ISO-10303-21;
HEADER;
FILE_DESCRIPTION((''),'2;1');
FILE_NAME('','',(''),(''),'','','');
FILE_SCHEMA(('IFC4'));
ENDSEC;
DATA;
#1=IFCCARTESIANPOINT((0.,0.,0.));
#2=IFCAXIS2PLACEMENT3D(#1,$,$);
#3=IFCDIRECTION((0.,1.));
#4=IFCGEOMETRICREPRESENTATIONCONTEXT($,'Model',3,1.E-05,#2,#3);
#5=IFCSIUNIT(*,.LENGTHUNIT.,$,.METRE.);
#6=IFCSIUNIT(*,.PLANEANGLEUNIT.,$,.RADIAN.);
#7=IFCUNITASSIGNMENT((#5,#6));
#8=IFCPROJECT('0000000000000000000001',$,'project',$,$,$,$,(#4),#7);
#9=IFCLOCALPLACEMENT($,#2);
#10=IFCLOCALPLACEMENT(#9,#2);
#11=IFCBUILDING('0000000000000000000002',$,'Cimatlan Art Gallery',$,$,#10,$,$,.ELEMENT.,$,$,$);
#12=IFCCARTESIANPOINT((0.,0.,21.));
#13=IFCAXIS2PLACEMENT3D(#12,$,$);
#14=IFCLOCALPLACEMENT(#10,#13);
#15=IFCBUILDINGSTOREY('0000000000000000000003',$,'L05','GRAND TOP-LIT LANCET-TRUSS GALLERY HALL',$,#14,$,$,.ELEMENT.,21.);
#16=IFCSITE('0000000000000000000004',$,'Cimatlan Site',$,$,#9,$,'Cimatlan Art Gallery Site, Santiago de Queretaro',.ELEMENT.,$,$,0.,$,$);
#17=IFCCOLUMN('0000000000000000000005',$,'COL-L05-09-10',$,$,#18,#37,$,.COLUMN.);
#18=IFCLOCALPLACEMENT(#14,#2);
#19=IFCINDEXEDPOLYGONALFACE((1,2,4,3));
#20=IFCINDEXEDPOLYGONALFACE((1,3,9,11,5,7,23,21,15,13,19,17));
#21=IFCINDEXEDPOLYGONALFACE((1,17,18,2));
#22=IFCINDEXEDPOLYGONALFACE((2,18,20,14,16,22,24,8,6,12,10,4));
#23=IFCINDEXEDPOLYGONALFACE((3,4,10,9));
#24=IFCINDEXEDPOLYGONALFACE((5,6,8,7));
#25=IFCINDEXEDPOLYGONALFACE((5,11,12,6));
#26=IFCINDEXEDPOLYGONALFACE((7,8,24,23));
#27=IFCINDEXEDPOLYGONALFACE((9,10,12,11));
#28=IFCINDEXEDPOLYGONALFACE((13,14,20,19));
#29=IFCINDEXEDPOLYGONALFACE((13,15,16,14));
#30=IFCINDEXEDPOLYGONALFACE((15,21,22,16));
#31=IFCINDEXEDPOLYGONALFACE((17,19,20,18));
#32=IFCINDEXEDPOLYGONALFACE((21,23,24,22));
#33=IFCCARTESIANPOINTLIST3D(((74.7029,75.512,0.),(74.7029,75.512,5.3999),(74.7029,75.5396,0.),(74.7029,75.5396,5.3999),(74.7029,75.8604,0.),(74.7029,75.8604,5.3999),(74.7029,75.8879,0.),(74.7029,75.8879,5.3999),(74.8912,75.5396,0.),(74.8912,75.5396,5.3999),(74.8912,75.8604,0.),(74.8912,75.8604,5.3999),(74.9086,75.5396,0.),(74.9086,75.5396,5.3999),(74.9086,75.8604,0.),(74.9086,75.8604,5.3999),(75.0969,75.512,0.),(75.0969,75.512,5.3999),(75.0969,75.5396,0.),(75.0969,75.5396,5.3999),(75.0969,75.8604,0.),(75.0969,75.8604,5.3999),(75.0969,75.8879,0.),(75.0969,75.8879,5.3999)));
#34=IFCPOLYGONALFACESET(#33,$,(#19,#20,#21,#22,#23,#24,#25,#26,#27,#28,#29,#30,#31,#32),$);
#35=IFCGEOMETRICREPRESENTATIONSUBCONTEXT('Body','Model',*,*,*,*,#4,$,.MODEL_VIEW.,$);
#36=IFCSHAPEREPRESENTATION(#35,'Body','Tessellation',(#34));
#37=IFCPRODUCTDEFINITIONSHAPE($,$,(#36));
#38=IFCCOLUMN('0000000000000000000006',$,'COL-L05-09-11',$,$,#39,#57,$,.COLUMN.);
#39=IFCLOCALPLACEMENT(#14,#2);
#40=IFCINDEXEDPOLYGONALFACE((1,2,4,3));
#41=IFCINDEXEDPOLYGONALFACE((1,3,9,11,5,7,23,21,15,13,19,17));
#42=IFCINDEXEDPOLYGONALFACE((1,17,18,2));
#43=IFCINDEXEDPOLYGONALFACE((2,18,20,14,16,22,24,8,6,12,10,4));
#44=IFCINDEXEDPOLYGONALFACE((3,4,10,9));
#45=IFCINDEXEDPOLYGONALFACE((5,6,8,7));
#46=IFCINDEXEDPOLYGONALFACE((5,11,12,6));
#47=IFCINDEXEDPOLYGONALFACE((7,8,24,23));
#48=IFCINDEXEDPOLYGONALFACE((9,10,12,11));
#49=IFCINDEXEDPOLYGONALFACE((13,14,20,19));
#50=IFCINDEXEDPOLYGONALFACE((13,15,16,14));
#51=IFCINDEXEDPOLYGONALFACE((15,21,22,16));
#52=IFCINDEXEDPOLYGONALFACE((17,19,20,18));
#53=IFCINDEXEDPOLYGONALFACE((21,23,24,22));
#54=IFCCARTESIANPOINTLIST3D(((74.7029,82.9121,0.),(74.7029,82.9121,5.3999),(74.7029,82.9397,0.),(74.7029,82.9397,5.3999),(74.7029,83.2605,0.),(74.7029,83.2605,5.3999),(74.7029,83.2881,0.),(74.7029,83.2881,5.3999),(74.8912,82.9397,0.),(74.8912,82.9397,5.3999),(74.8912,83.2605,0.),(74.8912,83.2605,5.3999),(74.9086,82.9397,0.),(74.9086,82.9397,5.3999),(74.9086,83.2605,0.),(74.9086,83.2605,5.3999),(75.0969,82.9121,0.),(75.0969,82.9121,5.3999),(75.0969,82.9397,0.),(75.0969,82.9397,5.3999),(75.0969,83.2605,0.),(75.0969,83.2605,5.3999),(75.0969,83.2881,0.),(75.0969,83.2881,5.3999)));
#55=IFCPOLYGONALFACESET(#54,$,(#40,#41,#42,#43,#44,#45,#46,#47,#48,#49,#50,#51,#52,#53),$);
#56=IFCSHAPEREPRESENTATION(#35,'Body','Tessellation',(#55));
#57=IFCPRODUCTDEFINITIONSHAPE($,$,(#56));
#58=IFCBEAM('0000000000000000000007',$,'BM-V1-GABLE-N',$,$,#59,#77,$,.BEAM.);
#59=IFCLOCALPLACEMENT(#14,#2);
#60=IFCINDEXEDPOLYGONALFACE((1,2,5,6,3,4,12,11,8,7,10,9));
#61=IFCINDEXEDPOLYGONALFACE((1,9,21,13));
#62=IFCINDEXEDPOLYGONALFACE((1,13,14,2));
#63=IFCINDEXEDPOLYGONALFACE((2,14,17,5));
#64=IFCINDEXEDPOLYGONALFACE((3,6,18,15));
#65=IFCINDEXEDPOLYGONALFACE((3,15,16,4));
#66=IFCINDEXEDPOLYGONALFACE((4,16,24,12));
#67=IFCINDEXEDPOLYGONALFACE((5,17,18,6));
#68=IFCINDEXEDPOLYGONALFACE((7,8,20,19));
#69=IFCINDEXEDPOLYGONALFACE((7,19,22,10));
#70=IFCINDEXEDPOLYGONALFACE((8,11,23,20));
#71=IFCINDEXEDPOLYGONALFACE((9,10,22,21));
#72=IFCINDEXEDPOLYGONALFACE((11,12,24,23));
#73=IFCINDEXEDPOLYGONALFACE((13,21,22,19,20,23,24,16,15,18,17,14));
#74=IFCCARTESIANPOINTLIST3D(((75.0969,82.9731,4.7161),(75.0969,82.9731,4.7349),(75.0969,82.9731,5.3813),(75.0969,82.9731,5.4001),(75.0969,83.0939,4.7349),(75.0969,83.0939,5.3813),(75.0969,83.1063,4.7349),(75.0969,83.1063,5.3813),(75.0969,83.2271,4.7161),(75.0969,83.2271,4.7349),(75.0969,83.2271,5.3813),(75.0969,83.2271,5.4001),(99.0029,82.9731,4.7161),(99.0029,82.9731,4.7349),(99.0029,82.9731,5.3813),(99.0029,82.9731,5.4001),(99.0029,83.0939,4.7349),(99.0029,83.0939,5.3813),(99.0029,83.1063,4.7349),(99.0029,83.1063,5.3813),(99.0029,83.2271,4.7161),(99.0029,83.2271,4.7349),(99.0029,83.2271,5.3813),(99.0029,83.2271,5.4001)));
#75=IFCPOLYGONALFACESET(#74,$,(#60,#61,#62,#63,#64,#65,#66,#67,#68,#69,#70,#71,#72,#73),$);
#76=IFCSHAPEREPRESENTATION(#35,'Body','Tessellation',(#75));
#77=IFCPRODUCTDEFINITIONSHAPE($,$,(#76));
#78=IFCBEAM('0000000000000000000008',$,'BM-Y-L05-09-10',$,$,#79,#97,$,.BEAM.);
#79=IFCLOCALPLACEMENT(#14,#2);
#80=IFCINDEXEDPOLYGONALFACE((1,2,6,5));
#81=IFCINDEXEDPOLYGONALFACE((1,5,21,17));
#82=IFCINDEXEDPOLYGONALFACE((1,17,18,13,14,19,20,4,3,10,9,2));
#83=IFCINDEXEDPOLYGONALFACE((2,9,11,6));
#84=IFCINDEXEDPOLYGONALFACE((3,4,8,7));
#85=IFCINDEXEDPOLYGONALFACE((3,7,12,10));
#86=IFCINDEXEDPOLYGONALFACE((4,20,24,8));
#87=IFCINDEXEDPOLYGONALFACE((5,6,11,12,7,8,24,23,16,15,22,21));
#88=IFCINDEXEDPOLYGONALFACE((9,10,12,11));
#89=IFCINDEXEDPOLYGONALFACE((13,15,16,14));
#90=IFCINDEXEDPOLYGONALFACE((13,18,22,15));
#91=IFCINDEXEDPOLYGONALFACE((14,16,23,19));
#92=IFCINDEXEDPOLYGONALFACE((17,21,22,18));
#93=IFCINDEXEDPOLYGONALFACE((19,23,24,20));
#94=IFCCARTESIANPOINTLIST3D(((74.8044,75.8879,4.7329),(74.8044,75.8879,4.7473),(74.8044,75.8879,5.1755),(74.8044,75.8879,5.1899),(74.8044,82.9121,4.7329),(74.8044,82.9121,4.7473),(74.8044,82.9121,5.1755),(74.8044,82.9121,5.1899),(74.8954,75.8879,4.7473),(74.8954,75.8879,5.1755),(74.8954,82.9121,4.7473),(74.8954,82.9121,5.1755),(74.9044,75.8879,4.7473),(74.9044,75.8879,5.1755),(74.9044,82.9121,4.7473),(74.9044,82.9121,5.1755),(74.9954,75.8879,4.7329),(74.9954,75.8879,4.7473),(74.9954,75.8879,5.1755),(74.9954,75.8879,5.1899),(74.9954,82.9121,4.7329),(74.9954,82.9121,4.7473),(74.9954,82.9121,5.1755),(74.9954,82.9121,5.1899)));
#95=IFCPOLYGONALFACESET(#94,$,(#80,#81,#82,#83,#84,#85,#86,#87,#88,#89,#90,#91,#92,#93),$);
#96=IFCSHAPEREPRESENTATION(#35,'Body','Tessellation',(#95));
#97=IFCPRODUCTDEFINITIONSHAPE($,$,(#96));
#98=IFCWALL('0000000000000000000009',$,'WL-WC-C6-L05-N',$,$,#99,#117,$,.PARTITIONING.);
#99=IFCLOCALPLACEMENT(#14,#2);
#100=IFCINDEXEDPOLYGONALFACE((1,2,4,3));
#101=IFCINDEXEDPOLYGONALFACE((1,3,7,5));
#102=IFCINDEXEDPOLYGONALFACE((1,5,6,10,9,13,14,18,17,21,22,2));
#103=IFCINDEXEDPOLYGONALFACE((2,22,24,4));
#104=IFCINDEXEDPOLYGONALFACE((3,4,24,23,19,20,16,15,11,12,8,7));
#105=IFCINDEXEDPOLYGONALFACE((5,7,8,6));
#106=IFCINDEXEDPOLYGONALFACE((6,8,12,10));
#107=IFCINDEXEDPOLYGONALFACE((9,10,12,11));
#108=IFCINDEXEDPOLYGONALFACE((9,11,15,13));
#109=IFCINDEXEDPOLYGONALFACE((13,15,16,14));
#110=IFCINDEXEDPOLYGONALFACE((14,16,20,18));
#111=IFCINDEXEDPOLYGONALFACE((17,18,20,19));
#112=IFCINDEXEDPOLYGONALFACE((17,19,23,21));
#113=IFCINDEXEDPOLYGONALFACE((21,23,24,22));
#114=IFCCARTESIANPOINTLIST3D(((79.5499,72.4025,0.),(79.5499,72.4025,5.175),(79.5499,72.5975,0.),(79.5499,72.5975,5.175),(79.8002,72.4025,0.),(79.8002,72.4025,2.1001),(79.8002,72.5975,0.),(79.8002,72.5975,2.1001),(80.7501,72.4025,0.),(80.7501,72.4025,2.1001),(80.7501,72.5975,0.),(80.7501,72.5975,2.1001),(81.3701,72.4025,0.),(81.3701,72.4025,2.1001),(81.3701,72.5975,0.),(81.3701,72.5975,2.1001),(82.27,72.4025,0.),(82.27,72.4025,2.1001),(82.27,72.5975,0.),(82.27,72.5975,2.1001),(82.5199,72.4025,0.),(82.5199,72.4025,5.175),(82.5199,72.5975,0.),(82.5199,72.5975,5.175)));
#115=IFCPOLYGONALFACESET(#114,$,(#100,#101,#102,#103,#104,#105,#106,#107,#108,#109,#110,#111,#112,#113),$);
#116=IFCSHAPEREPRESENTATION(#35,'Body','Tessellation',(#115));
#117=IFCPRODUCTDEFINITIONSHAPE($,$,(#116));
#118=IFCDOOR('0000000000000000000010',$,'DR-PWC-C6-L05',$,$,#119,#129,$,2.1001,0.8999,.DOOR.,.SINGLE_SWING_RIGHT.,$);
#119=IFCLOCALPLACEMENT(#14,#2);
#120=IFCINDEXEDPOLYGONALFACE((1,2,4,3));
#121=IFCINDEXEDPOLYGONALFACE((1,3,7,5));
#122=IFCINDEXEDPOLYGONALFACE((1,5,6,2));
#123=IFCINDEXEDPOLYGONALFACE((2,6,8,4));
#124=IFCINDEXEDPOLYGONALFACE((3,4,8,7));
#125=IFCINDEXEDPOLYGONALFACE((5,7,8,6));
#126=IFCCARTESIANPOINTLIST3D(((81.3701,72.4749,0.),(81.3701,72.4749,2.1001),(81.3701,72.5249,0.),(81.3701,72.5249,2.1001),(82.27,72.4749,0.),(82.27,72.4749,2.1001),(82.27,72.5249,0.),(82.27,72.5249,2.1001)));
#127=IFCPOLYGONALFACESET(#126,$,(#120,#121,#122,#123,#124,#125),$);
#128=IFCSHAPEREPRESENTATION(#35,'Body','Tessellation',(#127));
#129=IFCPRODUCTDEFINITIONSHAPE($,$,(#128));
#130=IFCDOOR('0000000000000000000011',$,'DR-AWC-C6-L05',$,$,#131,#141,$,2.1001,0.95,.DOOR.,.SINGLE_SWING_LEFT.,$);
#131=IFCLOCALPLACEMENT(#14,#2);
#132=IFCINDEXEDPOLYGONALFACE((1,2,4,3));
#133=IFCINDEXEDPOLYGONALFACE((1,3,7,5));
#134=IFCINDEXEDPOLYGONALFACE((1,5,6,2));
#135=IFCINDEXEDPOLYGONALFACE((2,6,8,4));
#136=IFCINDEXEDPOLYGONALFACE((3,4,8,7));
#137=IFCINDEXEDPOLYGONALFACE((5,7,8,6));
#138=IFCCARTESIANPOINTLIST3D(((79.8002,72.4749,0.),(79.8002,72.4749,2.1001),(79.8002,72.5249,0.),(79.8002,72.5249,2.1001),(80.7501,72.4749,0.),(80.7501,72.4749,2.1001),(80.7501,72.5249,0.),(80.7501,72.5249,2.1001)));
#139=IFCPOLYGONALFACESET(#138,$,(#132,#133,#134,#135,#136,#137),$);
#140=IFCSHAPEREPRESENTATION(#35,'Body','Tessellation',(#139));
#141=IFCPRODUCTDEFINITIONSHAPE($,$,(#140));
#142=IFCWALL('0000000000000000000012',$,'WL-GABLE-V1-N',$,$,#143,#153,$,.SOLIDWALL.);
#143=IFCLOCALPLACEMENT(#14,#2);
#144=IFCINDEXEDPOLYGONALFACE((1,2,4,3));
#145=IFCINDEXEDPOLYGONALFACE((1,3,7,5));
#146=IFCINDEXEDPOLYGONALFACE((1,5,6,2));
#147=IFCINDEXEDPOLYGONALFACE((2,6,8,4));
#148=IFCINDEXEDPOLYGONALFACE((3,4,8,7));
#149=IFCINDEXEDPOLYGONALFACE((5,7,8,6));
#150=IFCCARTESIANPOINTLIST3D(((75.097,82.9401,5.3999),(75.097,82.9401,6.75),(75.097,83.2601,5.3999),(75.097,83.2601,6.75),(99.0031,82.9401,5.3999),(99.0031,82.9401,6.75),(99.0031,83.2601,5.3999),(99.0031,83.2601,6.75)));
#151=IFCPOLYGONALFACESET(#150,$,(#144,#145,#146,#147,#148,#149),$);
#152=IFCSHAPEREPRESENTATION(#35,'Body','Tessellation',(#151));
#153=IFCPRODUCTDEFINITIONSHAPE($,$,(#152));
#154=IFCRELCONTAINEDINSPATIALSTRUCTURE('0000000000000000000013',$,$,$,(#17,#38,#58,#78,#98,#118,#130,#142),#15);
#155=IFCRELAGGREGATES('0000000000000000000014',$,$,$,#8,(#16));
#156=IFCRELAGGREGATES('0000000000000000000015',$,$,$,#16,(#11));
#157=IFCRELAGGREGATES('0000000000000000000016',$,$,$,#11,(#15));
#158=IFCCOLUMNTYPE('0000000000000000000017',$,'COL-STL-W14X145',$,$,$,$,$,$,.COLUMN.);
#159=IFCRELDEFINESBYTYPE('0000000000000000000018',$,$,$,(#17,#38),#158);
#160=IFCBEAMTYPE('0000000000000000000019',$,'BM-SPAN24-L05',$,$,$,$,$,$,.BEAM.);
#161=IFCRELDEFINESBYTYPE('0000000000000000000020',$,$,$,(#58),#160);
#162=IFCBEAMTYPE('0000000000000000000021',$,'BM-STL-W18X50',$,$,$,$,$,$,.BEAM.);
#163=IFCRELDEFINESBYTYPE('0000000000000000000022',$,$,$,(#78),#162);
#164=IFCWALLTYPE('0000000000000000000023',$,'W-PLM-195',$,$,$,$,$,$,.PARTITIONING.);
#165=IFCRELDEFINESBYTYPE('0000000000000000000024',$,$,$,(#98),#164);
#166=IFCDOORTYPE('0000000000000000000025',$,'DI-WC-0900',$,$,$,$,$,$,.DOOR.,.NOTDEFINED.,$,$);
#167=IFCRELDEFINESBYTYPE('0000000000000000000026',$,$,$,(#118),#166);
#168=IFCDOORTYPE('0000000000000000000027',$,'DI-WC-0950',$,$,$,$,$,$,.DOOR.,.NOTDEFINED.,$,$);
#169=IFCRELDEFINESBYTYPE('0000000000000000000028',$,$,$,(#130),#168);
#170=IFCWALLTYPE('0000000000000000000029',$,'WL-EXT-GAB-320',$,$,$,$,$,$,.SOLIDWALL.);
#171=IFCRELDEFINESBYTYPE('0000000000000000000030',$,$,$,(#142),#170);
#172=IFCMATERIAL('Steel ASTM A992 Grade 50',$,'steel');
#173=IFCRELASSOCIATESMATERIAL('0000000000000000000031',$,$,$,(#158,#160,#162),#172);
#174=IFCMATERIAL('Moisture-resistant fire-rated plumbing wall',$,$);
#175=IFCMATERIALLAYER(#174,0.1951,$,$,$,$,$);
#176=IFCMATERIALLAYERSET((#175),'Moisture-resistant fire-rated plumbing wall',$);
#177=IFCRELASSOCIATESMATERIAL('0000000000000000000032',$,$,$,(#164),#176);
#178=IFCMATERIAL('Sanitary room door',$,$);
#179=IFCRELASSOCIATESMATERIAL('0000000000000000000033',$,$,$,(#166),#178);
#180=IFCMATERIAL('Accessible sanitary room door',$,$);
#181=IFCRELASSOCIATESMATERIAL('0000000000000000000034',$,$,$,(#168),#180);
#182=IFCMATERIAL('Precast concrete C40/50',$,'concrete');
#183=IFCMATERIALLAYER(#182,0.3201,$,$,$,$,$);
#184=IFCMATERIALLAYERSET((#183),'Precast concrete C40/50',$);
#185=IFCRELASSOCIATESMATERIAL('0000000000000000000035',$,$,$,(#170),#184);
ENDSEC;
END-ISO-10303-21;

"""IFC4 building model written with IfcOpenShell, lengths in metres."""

from ifc_helpers import new_model, si_unit, direction, frame, frame_2d, origin, origin_2d, place, context, subcontext, project, spatial, rectangle, i_section, extrude, material, layer, layer_set, material_profile, profile_set, type_object, element, fill, save


model = new_model("IFC4")

# Units and contexts
model_context = context("Model", 3, precision=1e-05, world=origin(), true_north=direction((0.0, 1.0)))
body_context = subcontext(model_context, "Body", "Model", "MODEL_VIEW")
ifc_project = project(units=[si_unit("LENGTHUNIT", "METRE"), si_unit("PLANEANGLEUNIT", "RADIAN")], contexts=[model_context])

# Site, building, storey
site_placement = place(None, origin())
site = spatial("IfcSite", under=ifc_project, at=site_placement, Name="Cimatlan Site", LongName="Cimatlan Art Gallery Site, Santiago de Queretaro", CompositionType="ELEMENT", RefElevation=0.0)
building_placement = place(site_placement, origin())
building = spatial("IfcBuilding", under=site, at=building_placement, Name="Cimatlan Art Gallery", CompositionType="ELEMENT")
storey_placement = place(building_placement, frame((0.0, 0.0, 21.0)))
storey = spatial("IfcBuildingStorey", under=building, at=storey_placement, Name="L05", Description="GRAND TOP-LIT LANCET-TRUSS GALLERY HALL", CompositionType="ELEMENT", Elevation=21.0)

# Columns
ifc_material_1 = material(Name="Steel ASTM A992 Grade 50", Category="steel")
ifc_material_profile_1 = material_profile(ifc_material_1, i_section(OverallWidth=0.394, OverallDepth=0.376, WebThickness=0.0173, FlangeThickness=0.0276, at=origin_2d()), Name="W14X145")
ifc_profile_set_1 = profile_set([ifc_material_profile_1], Name="Steel ASTM A992 Grade 50")
column_type = type_object("IfcColumnType", Name="COL-STL-W14X145", PredefinedType="COLUMN", material=ifc_profile_set_1)
for number, where, z_axis, x_axis, name in (
    (1, (74.8999, 75.7, 0.0), (0.0, 0.0, 1.0), (1.0, 0.0, 0.0), "COL-L05-09-10"),
    (2, (74.8999, 83.1001, 0.0), (0.0, 0.0, 1.0), (1.0, 0.0, 0.0), "COL-L05-09-11"),
):
    element("IfcColumn", number, at=place(storey_placement, frame(where, z_axis=z_axis, x_axis=x_axis)), inside=storey, type_object=column_type, Name=name, PredefinedType="COLUMN", context=body_context, shape_type="SweptSolid", body=[
        extrude(i_section(OverallWidth=0.394, OverallDepth=0.376, WebThickness=0.0173, FlangeThickness=0.0276, at=origin_2d()), origin(), (0.0, 0.0, 1.0), 5.3999),
    ])

# Beams
ifc_material_profile_2 = material_profile(ifc_material_1, i_section(OverallWidth=0.2539, OverallDepth=0.6841, WebThickness=0.0125, FlangeThickness=0.0188, at=origin_2d()), Name="W27X94")
ifc_profile_set_2 = profile_set([ifc_material_profile_2], Name="Steel ASTM A992 Grade 50")
beam_type_1 = type_object("IfcBeamType", Name="BM-SPAN24-L05", PredefinedType="BEAM", material=ifc_profile_set_2)
beam_1_placement = place(storey_placement, frame((75.0969, 83.1001, 5.0581), z_axis=(1.0, 0.0, 0.0), x_axis=(0.0, 1.0, 0.0)))
element("IfcBeam", 3, at=beam_1_placement, inside=storey, type_object=beam_type_1, Name="BM-V1-GABLE-N", PredefinedType="BEAM", context=body_context, shape_type="SweptSolid", body=[
    extrude(i_section(OverallWidth=0.2539, OverallDepth=0.6841, WebThickness=0.0125, FlangeThickness=0.0188, at=origin_2d()), origin(), (0.0, 0.0, 1.0), 23.906),
])
ifc_material_profile_3 = material_profile(ifc_material_1, i_section(OverallWidth=0.1909, OverallDepth=0.457, WebThickness=0.009, FlangeThickness=0.0144, at=origin_2d()), Name="W18X50")
ifc_profile_set_3 = profile_set([ifc_material_profile_3], Name="Steel ASTM A992 Grade 50")
beam_type_2 = type_object("IfcBeamType", Name="BM-STL-W18X50", PredefinedType="BEAM", material=ifc_profile_set_3)
beam_2_placement = place(storey_placement, frame((74.8999, 75.8879, 4.9614), z_axis=(0.0, 1.0, 0.0), x_axis=(-1.0, 0.0, 0.0)))
element("IfcBeam", 4, at=beam_2_placement, inside=storey, type_object=beam_type_2, Name="BM-Y-L05-09-10", PredefinedType="BEAM", context=body_context, shape_type="SweptSolid", body=[
    extrude(i_section(OverallWidth=0.1909, OverallDepth=0.457, WebThickness=0.009, FlangeThickness=0.0144, at=origin_2d()), origin(), (0.0, 0.0, 1.0), 7.0242),
])

# Shared definitions
ifc_material_2 = material(Name="Precast concrete C40/50", Category="concrete")

# Wall, openings, doors
ifc_material_3 = material(Name="Moisture-resistant fire-rated plumbing wall")
ifc_layer_1 = layer(ifc_material_3, 0.1951)
ifc_layer_set_1 = layer_set([ifc_layer_1], Name="Moisture-resistant fire-rated plumbing wall")
wall_type_1 = type_object("IfcWallType", Name="W-PLM-195", PredefinedType="PARTITIONING", material=ifc_layer_set_1)
wall_1_placement = place(storey_placement, frame((79.55, 72.5, 0.0), z_axis=(0.0, 0.0, 1.0), x_axis=(1.0, 0.0, 0.0)))
wall_1 = element("IfcWall", 5, at=wall_1_placement, inside=storey, type_object=wall_type_1, Name="WL-WC-C6-L05-N", PredefinedType="PARTITIONING", context=body_context, shape_type="SweptSolid", body=[
    extrude(rectangle(XDim=2.97, YDim=0.1951, at=frame_2d((1.4849, 0.0))), origin(), (0.0, 0.0, 1.0), 5.175),
])
opening_1_placement = place(wall_1_placement, frame((0.25, 0.0, 0.0)))
opening_1 = element("IfcOpeningElement", 6, at=opening_1_placement, cuts=wall_1, PredefinedType="OPENING", context=body_context, shape_type="SweptSolid", body=[
    extrude(rectangle(XDim=0.95, YDim=2.1001, at=frame_2d((0.4751, 1.05))), frame((0.0, 0.1074, 0.0), z_axis=(0.0, -1.0, 0.0), x_axis=(1.0, 0.0, 0.0)), (0.0, 0.0, 1.0), 0.2151),
])
opening_2_placement = place(wall_1_placement, frame((1.8201, 0.0, 0.0)))
opening_2 = element("IfcOpeningElement", 7, at=opening_2_placement, cuts=wall_1, PredefinedType="OPENING", context=body_context, shape_type="SweptSolid", body=[
    extrude(rectangle(XDim=0.8999, YDim=2.1001, at=frame_2d((0.45, 1.05))), frame((0.0, 0.1074, 0.0), z_axis=(0.0, -1.0, 0.0), x_axis=(1.0, 0.0, 0.0)), (0.0, 0.0, 1.0), 0.2151),
])
ifc_material_4 = material(Name="Sanitary room door")
door_type_1 = type_object("IfcDoorType", Name="DI-WC-0900", OperationType="NOTDEFINED", PredefinedType="DOOR", material=ifc_material_4)
door_1_placement = place(opening_2_placement, origin())
door_1 = element("IfcDoor", 8, at=door_1_placement, inside=storey, type_object=door_type_1, Name="DR-PWC-C6-L05", OperationType="SINGLE_SWING_RIGHT", OverallHeight=2.1001, OverallWidth=0.8999, PredefinedType="DOOR", context=body_context, shape_type="SweptSolid", body=[
    extrude(rectangle(XDim=0.8999, YDim=2.1001, at=frame_2d((0.45, 1.05))), frame((0.0, 0.0249, 0.0), z_axis=(0.0, -1.0, 0.0), x_axis=(1.0, 0.0, 0.0)), (0.0, 0.0, 1.0), 0.05),
])
fill(opening_2, door_1)
ifc_material_5 = material(Name="Accessible sanitary room door")
door_type_2 = type_object("IfcDoorType", Name="DI-WC-0950", OperationType="NOTDEFINED", PredefinedType="DOOR", material=ifc_material_5)
door_2_placement = place(opening_1_placement, origin())
door_2 = element("IfcDoor", 9, at=door_2_placement, inside=storey, type_object=door_type_2, Name="DR-AWC-C6-L05", OperationType="SINGLE_SWING_LEFT", OverallHeight=2.1001, OverallWidth=0.95, PredefinedType="DOOR", context=body_context, shape_type="SweptSolid", body=[
    extrude(rectangle(XDim=0.95, YDim=2.1001, at=frame_2d((0.4751, 1.05))), frame((0.0, 0.0249, 0.0), z_axis=(0.0, -1.0, 0.0), x_axis=(1.0, 0.0, 0.0)), (0.0, 0.0, 1.0), 0.05),
])
fill(opening_1, door_2)

# Wall
ifc_layer_2 = layer(ifc_material_2, 0.3201)
ifc_layer_set_2 = layer_set([ifc_layer_2], Name="Precast concrete C40/50")
wall_type_2 = type_object("IfcWallType", Name="WL-EXT-GAB-320", PredefinedType="SOLIDWALL", material=ifc_layer_set_2)
wall_2_placement = place(storey_placement, frame((75.0969, 83.1001, 5.3999), z_axis=(0.0, 0.0, 1.0), x_axis=(1.0, 0.0, 0.0)))
element("IfcWall", 10, at=wall_2_placement, inside=storey, type_object=wall_type_2, Name="WL-GABLE-V1-N", PredefinedType="SOLIDWALL", context=body_context, shape_type="SweptSolid", body=[
    extrude(rectangle(XDim=23.906, YDim=0.3201, at=frame_2d((11.9531, 0.0))), origin(), (0.0, 0.0, 1.0), 1.3501),
])

save(model, "model.ifc")
